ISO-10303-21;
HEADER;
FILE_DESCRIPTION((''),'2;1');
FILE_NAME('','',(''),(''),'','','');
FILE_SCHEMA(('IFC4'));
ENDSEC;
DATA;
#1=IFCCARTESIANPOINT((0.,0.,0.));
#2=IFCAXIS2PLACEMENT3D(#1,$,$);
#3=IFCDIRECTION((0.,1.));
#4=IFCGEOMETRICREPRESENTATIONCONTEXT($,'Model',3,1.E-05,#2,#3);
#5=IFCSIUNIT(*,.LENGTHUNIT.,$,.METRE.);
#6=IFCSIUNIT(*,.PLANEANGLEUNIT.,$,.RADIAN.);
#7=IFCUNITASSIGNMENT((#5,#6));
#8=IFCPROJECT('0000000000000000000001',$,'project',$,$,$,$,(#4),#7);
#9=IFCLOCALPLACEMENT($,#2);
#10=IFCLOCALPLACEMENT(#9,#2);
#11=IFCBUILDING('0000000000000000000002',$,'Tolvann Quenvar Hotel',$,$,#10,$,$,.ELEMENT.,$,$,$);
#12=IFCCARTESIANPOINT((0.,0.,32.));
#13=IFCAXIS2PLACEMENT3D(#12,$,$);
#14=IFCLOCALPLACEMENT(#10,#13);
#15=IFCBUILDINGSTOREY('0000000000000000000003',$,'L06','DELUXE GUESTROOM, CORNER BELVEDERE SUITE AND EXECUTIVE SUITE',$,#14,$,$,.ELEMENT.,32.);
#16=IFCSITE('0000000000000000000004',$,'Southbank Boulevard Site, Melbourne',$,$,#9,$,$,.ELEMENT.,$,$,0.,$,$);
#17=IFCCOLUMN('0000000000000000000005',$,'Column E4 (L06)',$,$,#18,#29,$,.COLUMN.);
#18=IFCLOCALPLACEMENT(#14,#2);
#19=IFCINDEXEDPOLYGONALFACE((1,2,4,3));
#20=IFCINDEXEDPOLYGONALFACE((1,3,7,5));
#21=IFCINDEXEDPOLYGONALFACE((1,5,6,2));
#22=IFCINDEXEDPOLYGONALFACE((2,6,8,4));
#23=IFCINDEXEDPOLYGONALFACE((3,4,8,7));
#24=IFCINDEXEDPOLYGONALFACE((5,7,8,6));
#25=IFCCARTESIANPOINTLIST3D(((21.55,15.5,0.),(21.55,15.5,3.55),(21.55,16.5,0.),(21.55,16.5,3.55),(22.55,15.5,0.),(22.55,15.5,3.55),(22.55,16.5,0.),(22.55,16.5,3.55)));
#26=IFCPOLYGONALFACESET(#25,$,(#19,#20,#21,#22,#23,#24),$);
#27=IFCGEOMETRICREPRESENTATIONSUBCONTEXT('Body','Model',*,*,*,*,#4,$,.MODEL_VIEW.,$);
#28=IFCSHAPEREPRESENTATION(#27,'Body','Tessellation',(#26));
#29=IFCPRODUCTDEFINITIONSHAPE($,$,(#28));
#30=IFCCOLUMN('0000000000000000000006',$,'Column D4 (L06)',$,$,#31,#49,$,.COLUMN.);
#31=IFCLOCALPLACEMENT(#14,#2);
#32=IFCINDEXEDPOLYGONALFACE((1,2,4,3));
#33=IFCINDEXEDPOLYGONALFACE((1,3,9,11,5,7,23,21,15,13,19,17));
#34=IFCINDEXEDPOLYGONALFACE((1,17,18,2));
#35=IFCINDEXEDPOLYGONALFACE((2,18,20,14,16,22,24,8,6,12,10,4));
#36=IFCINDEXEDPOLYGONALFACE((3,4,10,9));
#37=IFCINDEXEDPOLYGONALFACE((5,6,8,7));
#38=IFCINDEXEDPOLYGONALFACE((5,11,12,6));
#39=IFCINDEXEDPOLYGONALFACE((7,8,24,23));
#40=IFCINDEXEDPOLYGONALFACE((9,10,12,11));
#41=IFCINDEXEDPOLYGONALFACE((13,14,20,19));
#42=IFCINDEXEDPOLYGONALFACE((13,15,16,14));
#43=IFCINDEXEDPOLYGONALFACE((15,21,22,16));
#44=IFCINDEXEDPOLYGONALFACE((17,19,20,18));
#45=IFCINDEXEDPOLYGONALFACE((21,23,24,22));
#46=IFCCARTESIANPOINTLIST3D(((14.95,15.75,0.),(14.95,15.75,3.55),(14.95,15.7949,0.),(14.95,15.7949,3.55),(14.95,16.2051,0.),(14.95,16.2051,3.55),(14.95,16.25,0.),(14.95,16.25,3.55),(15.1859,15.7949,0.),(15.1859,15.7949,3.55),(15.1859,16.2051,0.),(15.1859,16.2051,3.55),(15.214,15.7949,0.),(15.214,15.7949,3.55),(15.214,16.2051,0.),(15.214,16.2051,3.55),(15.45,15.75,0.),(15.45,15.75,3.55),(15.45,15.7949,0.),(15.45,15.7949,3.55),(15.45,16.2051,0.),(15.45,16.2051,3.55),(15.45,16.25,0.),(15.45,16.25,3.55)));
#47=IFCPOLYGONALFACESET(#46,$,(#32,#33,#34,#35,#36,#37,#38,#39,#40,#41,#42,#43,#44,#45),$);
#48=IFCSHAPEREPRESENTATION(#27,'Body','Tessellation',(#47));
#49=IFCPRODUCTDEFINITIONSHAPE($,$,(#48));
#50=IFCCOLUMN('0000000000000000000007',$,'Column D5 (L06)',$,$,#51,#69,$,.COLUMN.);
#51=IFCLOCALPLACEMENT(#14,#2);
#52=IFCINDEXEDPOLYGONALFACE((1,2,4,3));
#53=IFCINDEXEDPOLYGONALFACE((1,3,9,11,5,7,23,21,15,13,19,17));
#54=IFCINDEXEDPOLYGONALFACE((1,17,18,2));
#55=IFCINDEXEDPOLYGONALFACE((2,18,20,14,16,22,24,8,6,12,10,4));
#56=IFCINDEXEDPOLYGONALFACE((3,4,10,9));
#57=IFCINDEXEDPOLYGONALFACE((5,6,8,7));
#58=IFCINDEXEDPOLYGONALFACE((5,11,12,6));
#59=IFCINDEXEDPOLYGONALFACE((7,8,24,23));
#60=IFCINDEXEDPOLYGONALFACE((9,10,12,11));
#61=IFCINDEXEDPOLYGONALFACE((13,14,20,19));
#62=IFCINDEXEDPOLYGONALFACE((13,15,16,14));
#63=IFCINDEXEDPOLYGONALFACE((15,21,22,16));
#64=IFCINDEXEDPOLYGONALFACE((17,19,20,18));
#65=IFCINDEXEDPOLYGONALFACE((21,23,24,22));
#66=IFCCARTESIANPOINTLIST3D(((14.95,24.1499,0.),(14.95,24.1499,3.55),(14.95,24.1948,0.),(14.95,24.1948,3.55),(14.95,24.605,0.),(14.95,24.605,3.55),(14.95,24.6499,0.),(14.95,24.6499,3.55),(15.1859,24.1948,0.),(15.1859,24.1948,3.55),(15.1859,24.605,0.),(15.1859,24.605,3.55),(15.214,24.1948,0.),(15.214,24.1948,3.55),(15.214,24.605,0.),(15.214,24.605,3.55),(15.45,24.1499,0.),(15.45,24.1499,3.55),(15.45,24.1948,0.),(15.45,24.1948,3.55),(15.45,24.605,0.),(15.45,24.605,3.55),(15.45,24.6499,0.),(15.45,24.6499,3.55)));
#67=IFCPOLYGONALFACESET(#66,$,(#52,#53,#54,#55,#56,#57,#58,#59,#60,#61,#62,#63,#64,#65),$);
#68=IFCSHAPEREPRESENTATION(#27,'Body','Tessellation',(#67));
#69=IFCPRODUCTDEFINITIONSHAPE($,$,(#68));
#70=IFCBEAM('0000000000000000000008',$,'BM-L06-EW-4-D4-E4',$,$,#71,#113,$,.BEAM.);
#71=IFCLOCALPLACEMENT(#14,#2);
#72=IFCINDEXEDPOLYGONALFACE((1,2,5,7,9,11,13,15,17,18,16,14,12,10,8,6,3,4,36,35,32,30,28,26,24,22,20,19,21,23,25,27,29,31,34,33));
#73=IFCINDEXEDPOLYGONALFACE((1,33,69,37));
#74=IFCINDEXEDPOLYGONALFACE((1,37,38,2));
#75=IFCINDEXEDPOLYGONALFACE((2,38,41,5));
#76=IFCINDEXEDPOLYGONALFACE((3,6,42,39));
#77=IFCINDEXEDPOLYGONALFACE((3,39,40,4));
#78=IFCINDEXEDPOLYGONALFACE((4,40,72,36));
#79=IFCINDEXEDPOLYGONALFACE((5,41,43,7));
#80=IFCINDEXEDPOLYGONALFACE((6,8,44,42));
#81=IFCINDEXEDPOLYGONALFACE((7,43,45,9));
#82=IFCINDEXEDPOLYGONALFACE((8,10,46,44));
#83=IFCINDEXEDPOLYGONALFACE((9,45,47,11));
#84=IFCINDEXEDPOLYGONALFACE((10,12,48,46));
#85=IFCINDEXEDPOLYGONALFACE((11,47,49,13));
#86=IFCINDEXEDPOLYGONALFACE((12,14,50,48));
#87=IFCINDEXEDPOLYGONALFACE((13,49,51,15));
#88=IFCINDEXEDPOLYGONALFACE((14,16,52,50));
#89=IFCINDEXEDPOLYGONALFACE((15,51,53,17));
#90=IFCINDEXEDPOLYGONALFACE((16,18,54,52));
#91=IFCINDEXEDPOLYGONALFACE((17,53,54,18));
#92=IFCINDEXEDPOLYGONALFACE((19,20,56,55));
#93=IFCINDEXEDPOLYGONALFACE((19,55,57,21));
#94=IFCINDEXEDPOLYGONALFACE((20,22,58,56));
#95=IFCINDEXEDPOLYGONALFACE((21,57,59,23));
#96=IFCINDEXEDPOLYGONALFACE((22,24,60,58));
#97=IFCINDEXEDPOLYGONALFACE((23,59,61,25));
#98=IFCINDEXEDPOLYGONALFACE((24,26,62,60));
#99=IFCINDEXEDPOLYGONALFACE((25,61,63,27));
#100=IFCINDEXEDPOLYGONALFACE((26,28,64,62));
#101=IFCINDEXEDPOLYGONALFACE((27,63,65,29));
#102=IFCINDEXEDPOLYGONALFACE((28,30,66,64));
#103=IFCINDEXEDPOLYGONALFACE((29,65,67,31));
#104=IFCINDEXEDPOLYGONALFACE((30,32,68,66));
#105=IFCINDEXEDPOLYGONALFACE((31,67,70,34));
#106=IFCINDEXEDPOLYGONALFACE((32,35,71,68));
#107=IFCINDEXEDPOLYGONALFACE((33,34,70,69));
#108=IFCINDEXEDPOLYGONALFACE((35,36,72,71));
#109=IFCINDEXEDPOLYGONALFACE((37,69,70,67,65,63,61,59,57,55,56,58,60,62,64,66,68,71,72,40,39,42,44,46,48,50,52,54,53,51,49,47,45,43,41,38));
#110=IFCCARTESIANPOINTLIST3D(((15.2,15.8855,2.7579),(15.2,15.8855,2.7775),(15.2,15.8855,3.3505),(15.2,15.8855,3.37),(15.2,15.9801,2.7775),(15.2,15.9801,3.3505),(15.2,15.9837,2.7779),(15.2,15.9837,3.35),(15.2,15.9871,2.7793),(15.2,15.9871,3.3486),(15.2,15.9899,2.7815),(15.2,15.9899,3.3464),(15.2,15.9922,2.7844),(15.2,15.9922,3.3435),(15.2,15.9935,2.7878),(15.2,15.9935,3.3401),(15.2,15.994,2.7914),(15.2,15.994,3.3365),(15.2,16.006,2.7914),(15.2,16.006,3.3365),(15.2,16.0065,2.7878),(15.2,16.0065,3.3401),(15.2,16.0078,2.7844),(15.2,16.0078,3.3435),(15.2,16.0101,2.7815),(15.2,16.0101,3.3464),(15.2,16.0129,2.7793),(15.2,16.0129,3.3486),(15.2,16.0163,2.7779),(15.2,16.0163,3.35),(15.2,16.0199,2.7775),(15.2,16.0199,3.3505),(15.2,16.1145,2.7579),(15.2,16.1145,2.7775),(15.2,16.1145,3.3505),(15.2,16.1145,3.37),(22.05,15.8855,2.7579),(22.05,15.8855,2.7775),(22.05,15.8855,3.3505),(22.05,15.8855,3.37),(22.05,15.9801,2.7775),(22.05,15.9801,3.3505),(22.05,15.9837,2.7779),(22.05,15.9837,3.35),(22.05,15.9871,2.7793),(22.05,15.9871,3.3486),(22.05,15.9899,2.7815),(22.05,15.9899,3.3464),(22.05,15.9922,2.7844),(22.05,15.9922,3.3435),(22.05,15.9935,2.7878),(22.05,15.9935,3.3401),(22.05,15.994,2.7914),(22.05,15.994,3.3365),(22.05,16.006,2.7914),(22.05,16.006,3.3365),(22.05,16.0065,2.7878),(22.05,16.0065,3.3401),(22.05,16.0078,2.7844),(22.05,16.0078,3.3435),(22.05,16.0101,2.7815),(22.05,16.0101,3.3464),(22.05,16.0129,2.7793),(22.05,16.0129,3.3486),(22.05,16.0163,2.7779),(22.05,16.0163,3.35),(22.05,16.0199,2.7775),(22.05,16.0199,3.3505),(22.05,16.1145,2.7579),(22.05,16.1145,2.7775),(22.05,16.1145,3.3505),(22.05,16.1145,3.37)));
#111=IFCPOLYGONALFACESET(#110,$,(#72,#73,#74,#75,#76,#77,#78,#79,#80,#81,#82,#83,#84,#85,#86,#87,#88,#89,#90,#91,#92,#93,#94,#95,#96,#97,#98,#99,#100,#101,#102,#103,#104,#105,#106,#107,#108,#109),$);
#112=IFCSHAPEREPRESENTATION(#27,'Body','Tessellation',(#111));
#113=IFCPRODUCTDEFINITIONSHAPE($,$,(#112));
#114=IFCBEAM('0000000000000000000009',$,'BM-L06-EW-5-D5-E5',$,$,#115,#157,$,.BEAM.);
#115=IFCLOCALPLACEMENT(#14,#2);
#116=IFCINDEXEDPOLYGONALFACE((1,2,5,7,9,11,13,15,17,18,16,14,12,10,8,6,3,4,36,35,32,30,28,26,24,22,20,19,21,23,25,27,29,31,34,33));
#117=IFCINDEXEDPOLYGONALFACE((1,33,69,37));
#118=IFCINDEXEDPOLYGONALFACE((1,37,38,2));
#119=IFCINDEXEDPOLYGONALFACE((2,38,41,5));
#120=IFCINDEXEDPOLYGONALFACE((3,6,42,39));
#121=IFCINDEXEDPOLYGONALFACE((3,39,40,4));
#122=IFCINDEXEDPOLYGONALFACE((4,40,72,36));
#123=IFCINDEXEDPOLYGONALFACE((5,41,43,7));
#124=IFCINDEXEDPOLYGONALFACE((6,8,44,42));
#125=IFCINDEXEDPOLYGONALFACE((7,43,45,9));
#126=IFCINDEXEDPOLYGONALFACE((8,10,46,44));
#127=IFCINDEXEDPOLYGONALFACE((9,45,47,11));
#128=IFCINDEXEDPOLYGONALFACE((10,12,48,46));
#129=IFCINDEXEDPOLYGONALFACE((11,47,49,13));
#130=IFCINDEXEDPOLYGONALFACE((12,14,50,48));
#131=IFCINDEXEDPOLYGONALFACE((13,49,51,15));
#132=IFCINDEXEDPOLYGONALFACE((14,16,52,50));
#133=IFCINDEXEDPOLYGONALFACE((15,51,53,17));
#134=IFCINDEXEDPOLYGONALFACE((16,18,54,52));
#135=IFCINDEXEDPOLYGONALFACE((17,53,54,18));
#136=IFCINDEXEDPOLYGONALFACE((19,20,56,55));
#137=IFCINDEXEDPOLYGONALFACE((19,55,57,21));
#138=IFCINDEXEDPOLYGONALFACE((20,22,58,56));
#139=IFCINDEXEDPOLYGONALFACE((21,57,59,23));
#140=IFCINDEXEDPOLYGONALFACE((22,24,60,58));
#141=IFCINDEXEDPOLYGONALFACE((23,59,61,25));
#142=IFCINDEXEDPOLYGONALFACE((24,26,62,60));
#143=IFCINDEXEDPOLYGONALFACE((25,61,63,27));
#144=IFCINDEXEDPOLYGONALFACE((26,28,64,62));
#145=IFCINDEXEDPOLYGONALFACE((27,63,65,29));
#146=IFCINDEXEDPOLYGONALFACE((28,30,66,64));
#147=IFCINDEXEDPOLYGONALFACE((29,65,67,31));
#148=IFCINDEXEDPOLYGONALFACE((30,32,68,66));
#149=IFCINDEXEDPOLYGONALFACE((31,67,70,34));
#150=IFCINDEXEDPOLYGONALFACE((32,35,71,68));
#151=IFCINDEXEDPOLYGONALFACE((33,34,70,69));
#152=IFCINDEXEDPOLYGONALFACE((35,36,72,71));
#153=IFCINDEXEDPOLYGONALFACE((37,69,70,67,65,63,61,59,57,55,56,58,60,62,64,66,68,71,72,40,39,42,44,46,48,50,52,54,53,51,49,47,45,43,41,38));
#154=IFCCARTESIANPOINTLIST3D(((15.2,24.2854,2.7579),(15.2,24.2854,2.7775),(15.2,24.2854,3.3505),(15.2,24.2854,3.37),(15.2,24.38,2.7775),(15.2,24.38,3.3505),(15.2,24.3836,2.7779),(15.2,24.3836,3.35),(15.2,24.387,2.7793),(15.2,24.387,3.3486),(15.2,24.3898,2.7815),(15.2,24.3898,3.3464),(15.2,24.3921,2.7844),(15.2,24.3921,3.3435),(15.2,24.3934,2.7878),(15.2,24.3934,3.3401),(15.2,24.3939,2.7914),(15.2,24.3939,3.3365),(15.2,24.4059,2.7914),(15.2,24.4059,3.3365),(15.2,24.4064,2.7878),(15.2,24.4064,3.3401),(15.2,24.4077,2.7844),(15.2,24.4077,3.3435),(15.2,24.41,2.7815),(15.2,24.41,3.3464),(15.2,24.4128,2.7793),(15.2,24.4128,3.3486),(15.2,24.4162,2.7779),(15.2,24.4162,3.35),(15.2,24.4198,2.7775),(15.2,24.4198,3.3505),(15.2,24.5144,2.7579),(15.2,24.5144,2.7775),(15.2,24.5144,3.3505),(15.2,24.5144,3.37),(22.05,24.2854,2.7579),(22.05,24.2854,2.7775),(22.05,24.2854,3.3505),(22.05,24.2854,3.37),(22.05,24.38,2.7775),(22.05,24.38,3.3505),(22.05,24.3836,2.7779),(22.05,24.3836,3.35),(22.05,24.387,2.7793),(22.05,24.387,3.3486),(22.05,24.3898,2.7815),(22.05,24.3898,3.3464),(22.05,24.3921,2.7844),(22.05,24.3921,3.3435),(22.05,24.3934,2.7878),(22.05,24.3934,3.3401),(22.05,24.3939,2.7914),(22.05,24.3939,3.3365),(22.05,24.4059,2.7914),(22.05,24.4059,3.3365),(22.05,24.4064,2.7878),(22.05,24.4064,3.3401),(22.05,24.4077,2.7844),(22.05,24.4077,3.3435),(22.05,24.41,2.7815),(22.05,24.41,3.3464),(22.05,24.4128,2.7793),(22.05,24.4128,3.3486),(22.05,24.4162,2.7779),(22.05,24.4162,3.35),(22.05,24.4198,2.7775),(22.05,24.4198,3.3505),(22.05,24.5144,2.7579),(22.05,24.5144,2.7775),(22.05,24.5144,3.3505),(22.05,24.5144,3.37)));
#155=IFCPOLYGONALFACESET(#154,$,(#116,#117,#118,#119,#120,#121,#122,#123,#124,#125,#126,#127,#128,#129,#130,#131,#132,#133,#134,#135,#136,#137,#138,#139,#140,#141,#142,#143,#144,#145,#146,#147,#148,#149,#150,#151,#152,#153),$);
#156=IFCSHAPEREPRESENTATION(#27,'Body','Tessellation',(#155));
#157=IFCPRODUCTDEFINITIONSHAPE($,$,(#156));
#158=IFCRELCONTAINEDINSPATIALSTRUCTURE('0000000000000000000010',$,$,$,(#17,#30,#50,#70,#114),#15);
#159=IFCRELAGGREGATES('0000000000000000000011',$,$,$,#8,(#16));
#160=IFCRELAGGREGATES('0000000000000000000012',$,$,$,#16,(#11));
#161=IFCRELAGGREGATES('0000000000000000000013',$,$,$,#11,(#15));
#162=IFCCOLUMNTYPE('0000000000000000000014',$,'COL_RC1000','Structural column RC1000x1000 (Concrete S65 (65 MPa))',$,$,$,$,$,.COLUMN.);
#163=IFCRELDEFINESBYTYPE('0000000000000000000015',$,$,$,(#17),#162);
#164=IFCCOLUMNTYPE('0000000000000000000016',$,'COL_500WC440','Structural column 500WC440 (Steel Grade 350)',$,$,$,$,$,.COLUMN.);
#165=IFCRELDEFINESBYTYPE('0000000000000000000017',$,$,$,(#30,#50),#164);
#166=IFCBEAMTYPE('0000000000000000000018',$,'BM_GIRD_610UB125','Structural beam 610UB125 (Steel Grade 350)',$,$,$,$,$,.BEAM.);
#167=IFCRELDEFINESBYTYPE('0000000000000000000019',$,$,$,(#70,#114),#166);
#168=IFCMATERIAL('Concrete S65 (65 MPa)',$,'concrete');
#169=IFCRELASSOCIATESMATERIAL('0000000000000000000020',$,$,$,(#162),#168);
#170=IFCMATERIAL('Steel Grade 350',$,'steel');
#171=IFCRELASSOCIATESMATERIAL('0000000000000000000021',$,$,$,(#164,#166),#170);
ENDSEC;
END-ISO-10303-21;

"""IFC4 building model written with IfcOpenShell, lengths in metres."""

from ifc_helpers import new_model, si_unit, direction, frame, origin, origin_2d, place, context, subcontext, project, spatial, rectangle, i_section, extrude, source, transform, mapped, material, material_profile, profile_set, type_object, type_shapes, element, save


model = new_model("IFC4")

# Units and contexts
model_context = context("Model", 3, precision=1e-05, world=origin(), true_north=direction((0.0, 1.0)))
body_context = subcontext(model_context, "Body", "Model", "MODEL_VIEW")
ifc_project = project(units=[si_unit("LENGTHUNIT", "METRE"), si_unit("PLANEANGLEUNIT", "RADIAN")], contexts=[model_context])

# Site, building, storey
site_placement = place(None, origin())
site = spatial("IfcSite", under=ifc_project, at=site_placement, Name="Southbank Boulevard Site, Melbourne", CompositionType="ELEMENT", RefElevation=0.0)
building_placement = place(site_placement, origin())
building = spatial("IfcBuilding", under=site, at=building_placement, Name="Tolvann Quenvar Hotel", CompositionType="ELEMENT")
storey_placement = place(building_placement, frame((0.0, 0.0, 32.0)))
storey = spatial("IfcBuildingStorey", under=building, at=storey_placement, Name="L06", Description="DELUXE GUESTROOM, CORNER BELVEDERE SUITE AND EXECUTIVE SUITE", CompositionType="ELEMENT", Elevation=32.0)

# Columns
ifc_material_1 = material(Name="Concrete S65 (65 MPa)", Category="concrete")
ifc_material_profile_1 = material_profile(ifc_material_1, rectangle(XDim=1.0, YDim=1.0, at=origin_2d()), Name="RC1000x1000")
ifc_profile_set_1 = profile_set([ifc_material_profile_1], Name="Concrete S65 (65 MPa)")
column_type_1 = type_object("IfcColumnType", Name="COL_RC1000", Description="Structural column RC1000x1000 (Concrete S65 (65 MPa))", PredefinedType="COLUMN", material=ifc_profile_set_1)
shared_shape_1 = source(origin(), body_context, "Body", "SweptSolid", [
    extrude(rectangle(XDim=1.0, YDim=1.0, at=origin_2d()), origin(), (0.0, 0.0, 1.0), 3.55),
])
type_shapes(column_type_1, [shared_shape_1])
column_placement = place(storey_placement, frame((22.05, 16.0, 0.0), z_axis=(0.0, 0.0, 1.0), x_axis=(1.0, 0.0, 0.0)))
element("IfcColumn", 1, at=column_placement, inside=storey, type_object=column_type_1, Name="Column E4 (L06)", PredefinedType="COLUMN", context=body_context, shape_type="MappedRepresentation", body=[
    mapped(shared_shape_1, transform((0.0, 0.0, 0.0), x_axis=(1.0, 0.0, 0.0), y_axis=(0.0, 1.0, 0.0), z_axis=(0.0, 0.0, 1.0), scale=1.0)),
])
ifc_material_2 = material(Name="Steel Grade 350", Category="steel")
ifc_material_profile_2 = material_profile(ifc_material_2, i_section(OverallWidth=0.5, OverallDepth=0.5, WebThickness=0.0281, FlangeThickness=0.0449, at=origin_2d()), Name="500WC440")
ifc_profile_set_2 = profile_set([ifc_material_profile_2], Name="Steel Grade 350")
column_type_2 = type_object("IfcColumnType", Name="COL_500WC440", Description="Structural column 500WC440 (Steel Grade 350)", PredefinedType="COLUMN", material=ifc_profile_set_2)
shared_shape_2 = source(origin(), body_context, "Body", "SweptSolid", [
    extrude(i_section(OverallWidth=0.5, OverallDepth=0.5, WebThickness=0.0281, FlangeThickness=0.0449, at=origin_2d()), origin(), (0.0, 0.0, 1.0), 3.55),
])
type_shapes(column_type_2, [shared_shape_2])
for number, where, z_axis, x_axis, name in (
    (2, (15.2, 16.0, 0.0), (0.0, 0.0, 1.0), (1.0, 0.0, 0.0), "Column D4 (L06)"),
    (3, (15.2, 24.3999, 0.0), (0.0, 0.0, 1.0), (1.0, 0.0, 0.0), "Column D5 (L06)"),
):
    element("IfcColumn", number, at=place(storey_placement, frame(where, z_axis=z_axis, x_axis=x_axis)), inside=storey, type_object=column_type_2, Name=name, PredefinedType="COLUMN", context=body_context, shape_type="MappedRepresentation", body=[
        mapped(shared_shape_2, transform((0.0, 0.0, 0.0), x_axis=(1.0, 0.0, 0.0), y_axis=(0.0, 1.0, 0.0), z_axis=(0.0, 0.0, 1.0), scale=1.0)),
    ])

# Beams
ifc_material_profile_3 = material_profile(ifc_material_2, i_section(OverallWidth=0.229, OverallDepth=0.6121, WebThickness=0.012, FlangeThickness=0.0195, FilletRadius=0.0139, at=origin_2d()), Name="610UB125")
ifc_profile_set_3 = profile_set([ifc_material_profile_3], Name="Steel Grade 350")
beam_type_1 = type_object("IfcBeamType", Name="BM_GIRD_610UB125", Description="Structural beam 610UB125 (Steel Grade 350)", PredefinedType="BEAM", material=ifc_profile_set_3)
shared_shape_3 = source(origin(), body_context, "Body", "SweptSolid", [
    extrude(i_section(OverallWidth=0.229, OverallDepth=0.6121, WebThickness=0.012, FlangeThickness=0.0195, FilletRadius=0.0139, at=origin_2d()), origin(), (0.0, 0.0, 1.0), 6.8501),
])
for number, where, z_axis, x_axis, name in (
    (4, (15.2, 16.0, 3.064), (1.0, 0.0, 0.0), (0.0, 1.0, 0.0), "BM-L06-EW-4-D4-E4"),
    (5, (15.2, 24.3999, 3.064), (1.0, 0.0, 0.0), (0.0, 1.0, 0.0), "BM-L06-EW-5-D5-E5"),
):
    element("IfcBeam", number, at=place(storey_placement, frame(where, z_axis=z_axis, x_axis=x_axis)), inside=storey, type_object=beam_type_1, Name=name, PredefinedType="BEAM", context=body_context, shape_type="MappedRepresentation", body=[
        mapped(shared_shape_3, transform((0.0, 0.0, 0.0), x_axis=(1.0, 0.0, 0.0), y_axis=(0.0, 1.0, 0.0), z_axis=(0.0, 0.0, 1.0), scale=1.0)),
    ])

save(model, "model.ifc")
